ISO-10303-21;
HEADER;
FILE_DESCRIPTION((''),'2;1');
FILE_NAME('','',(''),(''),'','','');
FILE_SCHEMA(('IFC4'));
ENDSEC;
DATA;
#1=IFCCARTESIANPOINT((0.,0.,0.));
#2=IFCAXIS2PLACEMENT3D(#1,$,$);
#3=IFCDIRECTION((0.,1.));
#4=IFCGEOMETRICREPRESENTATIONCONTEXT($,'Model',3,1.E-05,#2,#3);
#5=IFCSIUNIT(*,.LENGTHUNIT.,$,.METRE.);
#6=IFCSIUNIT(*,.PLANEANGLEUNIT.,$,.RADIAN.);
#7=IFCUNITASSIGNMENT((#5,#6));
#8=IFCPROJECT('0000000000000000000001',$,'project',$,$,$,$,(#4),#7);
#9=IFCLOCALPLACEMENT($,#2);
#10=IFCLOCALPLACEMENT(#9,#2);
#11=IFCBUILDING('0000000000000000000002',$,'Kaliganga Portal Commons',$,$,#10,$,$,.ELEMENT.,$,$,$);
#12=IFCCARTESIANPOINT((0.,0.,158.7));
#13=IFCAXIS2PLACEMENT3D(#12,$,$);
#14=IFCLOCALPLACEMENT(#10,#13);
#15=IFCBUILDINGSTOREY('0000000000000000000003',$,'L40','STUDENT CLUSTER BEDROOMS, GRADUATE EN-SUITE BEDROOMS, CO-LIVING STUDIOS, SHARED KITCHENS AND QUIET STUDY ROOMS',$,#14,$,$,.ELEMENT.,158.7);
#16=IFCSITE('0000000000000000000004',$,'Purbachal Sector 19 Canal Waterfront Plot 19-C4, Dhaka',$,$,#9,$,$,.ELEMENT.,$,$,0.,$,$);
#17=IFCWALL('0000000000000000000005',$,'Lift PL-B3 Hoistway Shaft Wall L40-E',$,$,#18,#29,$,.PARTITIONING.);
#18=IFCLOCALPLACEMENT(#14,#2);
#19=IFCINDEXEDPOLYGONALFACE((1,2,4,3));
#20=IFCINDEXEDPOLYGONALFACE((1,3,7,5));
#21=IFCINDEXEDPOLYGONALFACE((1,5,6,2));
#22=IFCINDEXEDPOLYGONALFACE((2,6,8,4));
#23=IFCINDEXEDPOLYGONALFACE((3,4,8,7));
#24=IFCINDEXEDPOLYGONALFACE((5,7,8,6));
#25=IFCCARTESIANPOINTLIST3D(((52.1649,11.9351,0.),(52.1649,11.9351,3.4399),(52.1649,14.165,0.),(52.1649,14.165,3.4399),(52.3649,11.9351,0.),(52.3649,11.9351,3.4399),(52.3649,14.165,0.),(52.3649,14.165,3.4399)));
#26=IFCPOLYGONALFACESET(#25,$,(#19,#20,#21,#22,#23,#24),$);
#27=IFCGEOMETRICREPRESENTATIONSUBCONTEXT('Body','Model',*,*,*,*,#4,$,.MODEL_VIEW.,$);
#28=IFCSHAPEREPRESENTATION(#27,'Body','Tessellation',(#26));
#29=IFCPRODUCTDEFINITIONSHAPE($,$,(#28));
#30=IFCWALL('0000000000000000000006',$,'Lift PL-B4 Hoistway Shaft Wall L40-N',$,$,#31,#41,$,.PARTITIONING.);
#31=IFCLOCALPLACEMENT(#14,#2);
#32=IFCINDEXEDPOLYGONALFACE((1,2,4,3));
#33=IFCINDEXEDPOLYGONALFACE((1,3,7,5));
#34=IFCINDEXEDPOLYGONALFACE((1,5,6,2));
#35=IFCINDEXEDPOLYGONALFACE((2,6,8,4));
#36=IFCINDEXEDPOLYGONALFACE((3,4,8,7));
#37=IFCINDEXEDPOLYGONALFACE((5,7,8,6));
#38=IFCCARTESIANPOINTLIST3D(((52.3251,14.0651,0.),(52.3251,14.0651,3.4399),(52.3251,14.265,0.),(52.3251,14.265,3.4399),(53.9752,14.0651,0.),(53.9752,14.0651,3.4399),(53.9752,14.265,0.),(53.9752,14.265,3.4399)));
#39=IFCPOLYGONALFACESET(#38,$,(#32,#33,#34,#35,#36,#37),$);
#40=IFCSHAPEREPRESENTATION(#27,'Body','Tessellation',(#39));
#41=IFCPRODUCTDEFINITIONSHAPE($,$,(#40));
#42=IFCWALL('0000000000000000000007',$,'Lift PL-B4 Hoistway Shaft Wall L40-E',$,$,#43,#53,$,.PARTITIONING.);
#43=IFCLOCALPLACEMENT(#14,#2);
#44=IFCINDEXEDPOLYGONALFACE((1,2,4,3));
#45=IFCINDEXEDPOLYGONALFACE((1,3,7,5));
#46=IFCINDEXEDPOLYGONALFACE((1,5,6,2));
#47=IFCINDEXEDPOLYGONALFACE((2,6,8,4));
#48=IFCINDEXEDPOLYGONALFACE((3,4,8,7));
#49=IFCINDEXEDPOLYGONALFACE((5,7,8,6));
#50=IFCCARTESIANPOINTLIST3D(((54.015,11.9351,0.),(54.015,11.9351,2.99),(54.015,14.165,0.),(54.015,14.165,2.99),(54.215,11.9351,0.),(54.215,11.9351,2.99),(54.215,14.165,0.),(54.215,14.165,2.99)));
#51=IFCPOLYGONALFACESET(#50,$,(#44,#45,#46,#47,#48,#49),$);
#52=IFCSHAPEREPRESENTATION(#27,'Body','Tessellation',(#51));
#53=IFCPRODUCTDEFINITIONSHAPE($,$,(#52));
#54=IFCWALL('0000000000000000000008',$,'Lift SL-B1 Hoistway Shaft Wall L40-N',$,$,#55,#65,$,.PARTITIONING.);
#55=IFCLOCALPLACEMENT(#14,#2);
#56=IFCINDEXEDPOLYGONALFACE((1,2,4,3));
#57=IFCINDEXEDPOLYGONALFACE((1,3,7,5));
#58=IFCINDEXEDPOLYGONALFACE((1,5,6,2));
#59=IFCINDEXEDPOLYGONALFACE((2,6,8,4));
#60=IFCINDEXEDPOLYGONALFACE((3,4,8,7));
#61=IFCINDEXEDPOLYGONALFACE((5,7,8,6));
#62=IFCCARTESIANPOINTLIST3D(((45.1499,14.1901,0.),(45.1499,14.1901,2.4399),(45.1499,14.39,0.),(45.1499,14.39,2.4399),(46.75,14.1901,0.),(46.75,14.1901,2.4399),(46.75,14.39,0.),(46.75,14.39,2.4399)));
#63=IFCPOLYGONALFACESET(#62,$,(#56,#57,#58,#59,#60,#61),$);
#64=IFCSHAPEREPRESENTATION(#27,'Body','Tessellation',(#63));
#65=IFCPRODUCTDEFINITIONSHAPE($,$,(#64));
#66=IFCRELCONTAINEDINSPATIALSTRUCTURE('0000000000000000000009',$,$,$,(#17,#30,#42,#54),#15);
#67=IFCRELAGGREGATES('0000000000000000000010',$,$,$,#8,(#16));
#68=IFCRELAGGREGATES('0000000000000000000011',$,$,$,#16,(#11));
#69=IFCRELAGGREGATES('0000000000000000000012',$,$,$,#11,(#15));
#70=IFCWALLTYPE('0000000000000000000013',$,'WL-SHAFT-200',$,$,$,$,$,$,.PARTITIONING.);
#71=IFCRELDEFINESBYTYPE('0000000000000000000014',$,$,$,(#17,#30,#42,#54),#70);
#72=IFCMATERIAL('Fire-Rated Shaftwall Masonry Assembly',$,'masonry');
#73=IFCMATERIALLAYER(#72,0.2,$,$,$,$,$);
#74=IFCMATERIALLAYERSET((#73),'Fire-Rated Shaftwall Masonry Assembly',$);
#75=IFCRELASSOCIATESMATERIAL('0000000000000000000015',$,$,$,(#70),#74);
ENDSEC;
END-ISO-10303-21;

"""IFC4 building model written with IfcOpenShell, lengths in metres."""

from ifc_helpers import new_model, si_unit, direction, frame, frame_2d, origin, place, context, subcontext, project, spatial, rectangle, extrude, material, layer, layer_set, type_object, element, save


model = new_model("IFC4")

# Units and contexts
model_context = context("Model", 3, precision=1e-05, world=origin(), true_north=direction((0.0, 1.0)))
body_context = subcontext(model_context, "Body", "Model", "MODEL_VIEW")
ifc_project = project(units=[si_unit("LENGTHUNIT", "METRE"), si_unit("PLANEANGLEUNIT", "RADIAN")], contexts=[model_context])

# Site, building, storey
site_placement = place(None, origin())
site = spatial("IfcSite", under=ifc_project, at=site_placement, Name="Purbachal Sector 19 Canal Waterfront Plot 19-C4, Dhaka", CompositionType="ELEMENT", RefElevation=0.0)
building_placement = place(site_placement, origin())
building = spatial("IfcBuilding", under=site, at=building_placement, Name="Kaliganga Portal Commons", CompositionType="ELEMENT")
storey_placement = place(building_placement, frame((0.0, 0.0, 158.7)))
storey = spatial("IfcBuildingStorey", under=building, at=storey_placement, Name="L40", Description="STUDENT CLUSTER BEDROOMS, GRADUATE EN-SUITE BEDROOMS, CO-LIVING STUDIOS, SHARED KITCHENS AND QUIET STUDY ROOMS", CompositionType="ELEMENT", Elevation=158.7)

# Shared definitions
ifc_material_1 = material(Name="Fire-Rated Shaftwall Masonry Assembly", Category="masonry")
ifc_layer_1 = layer(ifc_material_1, 0.2)
ifc_layer_set_1 = layer_set([ifc_layer_1], Name="Fire-Rated Shaftwall Masonry Assembly")
wall_type_1 = type_object("IfcWallType", Name="WL-SHAFT-200", PredefinedType="PARTITIONING", material=ifc_layer_set_1)

# Wall
wall_1_placement = place(storey_placement, frame((52.2649, 11.9351, 0.0), z_axis=(0.0, 0.0, 1.0), x_axis=(0.0, 1.0, 0.0)))
element("IfcWall", 1, at=wall_1_placement, inside=storey, type_object=wall_type_1, Name="Lift PL-B3 Hoistway Shaft Wall L40-E", PredefinedType="PARTITIONING", context=body_context, shape_type="SweptSolid", body=[
    extrude(rectangle(XDim=2.23, YDim=0.2, at=frame_2d((1.115, 0.0))), origin(), (0.0, 0.0, 1.0), 3.4399),
])

# Walls
wall_2_placement = place(storey_placement, frame((52.325, 14.165, 0.0), z_axis=(0.0, 0.0, 1.0), x_axis=(1.0, 0.0, 0.0)))
element("IfcWall", 2, at=wall_2_placement, inside=storey, type_object=wall_type_1, Name="Lift PL-B4 Hoistway Shaft Wall L40-N", PredefinedType="PARTITIONING", context=body_context, shape_type="SweptSolid", body=[
    extrude(rectangle(XDim=1.6501, YDim=0.2, at=frame_2d((0.8252, 0.0))), origin(), (0.0, 0.0, 1.0), 3.4399),
])
wall_3_placement = place(storey_placement, frame((54.115, 11.9351, 0.0), z_axis=(0.0, 0.0, 1.0), x_axis=(0.0, 1.0, 0.0)))
element("IfcWall", 3, at=wall_3_placement, inside=storey, type_object=wall_type_1, Name="Lift PL-B4 Hoistway Shaft Wall L40-E", PredefinedType="PARTITIONING", context=body_context, shape_type="SweptSolid", body=[
    extrude(rectangle(XDim=2.23, YDim=0.2, at=frame_2d((1.115, 0.0))), origin(), (0.0, 0.0, 1.0), 2.99),
])

# Wall
wall_4_placement = place(storey_placement, frame((45.1499, 14.29, 0.0), z_axis=(0.0, 0.0, 1.0), x_axis=(1.0, 0.0, 0.0)))
element("IfcWall", 4, at=wall_4_placement, inside=storey, type_object=wall_type_1, Name="Lift SL-B1 Hoistway Shaft Wall L40-N", PredefinedType="PARTITIONING", context=body_context, shape_type="SweptSolid", body=[
    extrude(rectangle(XDim=1.6001, YDim=0.2, at=frame_2d((0.8, 0.0))), origin(), (0.0, 0.0, 1.0), 2.4399),
])

save(model, "model.ifc")
